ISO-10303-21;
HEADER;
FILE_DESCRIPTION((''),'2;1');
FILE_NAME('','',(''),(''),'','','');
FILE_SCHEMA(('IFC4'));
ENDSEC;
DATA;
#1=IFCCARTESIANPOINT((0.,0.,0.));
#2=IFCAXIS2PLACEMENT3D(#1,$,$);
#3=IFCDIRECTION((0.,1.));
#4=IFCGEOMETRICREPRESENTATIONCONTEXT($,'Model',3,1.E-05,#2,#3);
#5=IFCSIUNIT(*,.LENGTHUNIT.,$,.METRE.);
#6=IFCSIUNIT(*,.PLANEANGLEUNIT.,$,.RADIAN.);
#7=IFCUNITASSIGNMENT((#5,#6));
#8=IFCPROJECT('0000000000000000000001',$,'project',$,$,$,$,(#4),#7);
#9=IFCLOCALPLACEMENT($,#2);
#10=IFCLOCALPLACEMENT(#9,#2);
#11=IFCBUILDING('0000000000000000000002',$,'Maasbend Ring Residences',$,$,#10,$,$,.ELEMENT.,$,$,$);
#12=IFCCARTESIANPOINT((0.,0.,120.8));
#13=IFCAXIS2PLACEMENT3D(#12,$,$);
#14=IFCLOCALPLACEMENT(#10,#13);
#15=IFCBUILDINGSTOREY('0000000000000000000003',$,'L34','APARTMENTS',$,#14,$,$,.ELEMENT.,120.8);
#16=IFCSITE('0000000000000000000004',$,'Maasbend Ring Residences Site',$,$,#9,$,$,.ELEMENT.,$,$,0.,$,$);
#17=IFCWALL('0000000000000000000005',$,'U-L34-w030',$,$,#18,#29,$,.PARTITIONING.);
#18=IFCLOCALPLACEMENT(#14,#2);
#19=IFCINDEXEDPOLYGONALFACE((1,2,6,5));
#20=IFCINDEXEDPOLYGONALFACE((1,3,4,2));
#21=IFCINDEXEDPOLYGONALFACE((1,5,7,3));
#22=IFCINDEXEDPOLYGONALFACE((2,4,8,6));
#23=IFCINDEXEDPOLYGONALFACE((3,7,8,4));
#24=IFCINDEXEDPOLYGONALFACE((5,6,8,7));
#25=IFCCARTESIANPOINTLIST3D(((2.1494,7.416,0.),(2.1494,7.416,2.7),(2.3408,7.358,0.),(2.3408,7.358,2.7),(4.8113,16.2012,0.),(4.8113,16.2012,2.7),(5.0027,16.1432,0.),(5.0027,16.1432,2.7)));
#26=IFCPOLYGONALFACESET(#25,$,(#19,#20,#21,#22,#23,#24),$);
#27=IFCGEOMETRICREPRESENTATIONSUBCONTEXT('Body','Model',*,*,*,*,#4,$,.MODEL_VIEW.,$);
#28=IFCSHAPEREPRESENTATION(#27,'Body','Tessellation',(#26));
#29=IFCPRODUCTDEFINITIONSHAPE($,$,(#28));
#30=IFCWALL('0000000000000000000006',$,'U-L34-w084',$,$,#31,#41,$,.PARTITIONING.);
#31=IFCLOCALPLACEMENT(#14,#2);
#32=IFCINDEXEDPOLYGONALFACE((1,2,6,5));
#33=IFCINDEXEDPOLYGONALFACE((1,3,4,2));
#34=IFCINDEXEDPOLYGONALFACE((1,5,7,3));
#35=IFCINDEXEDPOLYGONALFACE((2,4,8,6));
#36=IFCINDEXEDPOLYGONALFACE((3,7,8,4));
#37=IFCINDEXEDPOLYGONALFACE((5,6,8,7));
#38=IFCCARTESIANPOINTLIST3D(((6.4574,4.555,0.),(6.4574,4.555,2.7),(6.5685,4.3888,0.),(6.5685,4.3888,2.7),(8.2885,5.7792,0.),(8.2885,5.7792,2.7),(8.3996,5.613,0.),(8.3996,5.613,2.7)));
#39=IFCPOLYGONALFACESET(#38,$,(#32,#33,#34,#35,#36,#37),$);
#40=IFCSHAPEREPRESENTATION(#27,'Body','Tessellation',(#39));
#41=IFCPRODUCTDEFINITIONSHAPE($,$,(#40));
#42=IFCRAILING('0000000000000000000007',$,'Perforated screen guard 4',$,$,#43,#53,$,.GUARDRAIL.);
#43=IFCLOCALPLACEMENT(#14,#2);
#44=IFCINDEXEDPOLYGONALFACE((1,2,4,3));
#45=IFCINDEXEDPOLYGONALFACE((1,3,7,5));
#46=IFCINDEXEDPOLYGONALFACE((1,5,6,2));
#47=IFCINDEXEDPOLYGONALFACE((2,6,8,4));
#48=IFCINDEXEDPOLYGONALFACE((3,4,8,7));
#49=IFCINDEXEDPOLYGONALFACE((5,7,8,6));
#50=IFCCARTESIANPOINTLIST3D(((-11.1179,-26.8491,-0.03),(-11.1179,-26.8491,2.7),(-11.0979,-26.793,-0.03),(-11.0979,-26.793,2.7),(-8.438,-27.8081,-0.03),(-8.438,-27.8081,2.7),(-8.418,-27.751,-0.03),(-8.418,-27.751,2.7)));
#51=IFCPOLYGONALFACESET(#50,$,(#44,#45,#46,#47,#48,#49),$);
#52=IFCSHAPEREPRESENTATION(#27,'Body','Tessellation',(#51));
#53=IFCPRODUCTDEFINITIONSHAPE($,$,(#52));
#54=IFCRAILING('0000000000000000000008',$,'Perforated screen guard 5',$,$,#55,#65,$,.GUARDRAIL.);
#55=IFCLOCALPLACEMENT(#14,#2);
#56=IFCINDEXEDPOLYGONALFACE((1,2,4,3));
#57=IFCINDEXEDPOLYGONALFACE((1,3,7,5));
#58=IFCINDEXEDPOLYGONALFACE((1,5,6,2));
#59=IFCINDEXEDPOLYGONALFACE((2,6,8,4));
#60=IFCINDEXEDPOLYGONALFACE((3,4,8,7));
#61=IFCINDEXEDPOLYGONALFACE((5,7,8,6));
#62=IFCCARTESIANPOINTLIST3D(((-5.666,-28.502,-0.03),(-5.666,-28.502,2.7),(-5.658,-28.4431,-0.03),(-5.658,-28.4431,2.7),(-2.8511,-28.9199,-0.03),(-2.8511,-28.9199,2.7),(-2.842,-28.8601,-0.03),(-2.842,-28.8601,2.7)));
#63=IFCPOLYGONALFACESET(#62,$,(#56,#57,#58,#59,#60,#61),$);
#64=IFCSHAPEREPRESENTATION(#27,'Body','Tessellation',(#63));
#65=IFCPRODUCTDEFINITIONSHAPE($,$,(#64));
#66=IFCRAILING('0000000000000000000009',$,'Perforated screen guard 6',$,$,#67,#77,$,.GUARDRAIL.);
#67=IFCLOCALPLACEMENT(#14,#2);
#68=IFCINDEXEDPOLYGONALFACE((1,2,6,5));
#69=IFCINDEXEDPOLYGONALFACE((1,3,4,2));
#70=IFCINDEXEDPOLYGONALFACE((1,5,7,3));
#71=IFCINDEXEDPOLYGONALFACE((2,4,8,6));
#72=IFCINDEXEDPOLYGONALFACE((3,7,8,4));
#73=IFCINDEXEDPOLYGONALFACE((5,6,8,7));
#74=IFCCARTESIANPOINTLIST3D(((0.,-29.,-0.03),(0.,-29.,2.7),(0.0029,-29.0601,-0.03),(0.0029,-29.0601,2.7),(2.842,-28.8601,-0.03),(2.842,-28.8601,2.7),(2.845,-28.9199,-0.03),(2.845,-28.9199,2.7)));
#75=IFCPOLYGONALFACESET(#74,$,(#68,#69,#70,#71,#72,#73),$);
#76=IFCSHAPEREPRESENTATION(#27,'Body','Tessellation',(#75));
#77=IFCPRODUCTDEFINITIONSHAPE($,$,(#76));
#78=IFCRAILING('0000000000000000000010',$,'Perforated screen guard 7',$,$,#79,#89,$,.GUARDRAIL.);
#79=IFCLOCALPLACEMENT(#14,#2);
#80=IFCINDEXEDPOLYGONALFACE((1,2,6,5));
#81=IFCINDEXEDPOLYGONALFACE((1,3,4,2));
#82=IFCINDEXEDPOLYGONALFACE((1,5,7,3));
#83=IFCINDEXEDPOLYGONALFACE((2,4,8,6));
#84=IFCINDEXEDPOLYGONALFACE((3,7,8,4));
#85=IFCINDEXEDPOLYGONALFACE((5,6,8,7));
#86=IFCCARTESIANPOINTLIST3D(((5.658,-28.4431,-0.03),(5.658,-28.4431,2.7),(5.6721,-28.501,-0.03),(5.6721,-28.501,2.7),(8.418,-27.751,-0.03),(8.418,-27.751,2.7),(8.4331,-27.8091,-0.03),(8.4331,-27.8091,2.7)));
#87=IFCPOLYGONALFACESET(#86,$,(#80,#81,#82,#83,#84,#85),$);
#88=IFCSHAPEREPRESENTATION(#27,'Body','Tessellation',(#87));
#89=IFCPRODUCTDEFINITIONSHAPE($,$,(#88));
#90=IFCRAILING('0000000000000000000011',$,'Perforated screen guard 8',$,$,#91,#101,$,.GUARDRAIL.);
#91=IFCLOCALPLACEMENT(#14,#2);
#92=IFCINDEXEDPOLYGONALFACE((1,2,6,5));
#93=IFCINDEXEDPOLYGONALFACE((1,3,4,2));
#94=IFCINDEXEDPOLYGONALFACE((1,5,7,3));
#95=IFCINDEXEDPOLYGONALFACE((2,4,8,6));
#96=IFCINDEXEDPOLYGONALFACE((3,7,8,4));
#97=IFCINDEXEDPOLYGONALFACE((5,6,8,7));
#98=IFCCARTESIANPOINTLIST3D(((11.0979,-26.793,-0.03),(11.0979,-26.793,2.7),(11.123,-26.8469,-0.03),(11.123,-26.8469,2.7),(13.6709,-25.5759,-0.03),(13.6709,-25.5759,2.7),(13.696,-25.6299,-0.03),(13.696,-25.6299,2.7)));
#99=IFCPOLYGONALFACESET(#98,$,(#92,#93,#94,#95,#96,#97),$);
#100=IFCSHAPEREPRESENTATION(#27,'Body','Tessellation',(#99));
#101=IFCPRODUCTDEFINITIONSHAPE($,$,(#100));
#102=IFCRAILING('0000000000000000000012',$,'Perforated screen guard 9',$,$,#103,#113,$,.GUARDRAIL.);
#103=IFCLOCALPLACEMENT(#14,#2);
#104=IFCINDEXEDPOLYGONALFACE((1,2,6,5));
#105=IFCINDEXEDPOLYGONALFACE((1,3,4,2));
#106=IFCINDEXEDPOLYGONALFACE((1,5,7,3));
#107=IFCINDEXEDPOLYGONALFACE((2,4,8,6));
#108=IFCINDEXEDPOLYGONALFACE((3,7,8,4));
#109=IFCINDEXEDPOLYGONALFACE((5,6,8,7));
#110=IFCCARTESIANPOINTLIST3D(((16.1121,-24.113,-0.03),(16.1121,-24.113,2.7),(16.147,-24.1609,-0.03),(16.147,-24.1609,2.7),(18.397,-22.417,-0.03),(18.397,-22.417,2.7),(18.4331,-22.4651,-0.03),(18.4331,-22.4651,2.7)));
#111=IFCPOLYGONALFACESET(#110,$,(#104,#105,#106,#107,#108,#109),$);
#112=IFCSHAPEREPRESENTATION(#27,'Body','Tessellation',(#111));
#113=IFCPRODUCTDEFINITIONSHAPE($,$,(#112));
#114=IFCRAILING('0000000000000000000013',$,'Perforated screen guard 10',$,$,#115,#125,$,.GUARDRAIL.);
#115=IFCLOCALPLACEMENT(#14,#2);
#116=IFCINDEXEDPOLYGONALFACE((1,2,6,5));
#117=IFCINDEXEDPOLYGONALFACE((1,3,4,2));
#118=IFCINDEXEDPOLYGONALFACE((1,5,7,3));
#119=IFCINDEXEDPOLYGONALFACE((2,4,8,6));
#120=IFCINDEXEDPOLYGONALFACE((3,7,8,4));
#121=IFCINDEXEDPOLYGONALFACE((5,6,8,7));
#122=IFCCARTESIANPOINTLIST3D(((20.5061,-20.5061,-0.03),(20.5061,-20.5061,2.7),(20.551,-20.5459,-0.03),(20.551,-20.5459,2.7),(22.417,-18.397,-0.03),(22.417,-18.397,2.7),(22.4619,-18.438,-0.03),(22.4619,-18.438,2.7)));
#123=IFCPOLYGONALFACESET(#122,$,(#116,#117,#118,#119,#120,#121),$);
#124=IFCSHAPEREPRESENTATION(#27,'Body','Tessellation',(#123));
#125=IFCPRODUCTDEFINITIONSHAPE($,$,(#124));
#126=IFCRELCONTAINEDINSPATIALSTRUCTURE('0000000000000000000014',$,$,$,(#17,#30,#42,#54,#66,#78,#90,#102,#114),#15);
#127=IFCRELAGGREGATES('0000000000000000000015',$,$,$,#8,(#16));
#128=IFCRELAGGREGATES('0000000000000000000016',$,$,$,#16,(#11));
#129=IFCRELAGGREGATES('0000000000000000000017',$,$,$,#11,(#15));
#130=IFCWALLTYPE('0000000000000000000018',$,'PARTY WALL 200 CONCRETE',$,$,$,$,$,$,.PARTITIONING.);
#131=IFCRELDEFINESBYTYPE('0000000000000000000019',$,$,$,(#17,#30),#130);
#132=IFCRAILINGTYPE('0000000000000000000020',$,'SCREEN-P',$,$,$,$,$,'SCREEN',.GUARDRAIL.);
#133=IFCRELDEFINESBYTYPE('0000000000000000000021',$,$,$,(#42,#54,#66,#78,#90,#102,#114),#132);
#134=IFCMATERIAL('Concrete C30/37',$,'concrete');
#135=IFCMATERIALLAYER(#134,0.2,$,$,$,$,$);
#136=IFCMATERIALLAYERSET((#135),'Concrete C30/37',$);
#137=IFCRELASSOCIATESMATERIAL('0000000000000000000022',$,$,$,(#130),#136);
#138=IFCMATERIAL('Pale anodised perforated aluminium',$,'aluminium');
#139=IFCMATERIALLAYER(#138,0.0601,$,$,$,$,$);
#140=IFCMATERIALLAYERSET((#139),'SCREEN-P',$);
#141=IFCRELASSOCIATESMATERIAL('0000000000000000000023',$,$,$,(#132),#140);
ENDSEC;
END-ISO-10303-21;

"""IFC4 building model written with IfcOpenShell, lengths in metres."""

from ifc_helpers import new_model, si_unit, direction, frame, frame_2d, origin, place, context, subcontext, project, spatial, polyline, rectangle, outline, extrude, material, layer, layer_set, type_object, element, save


model = new_model("IFC4")

# Units and contexts
model_context = context("Model", 3, precision=1e-05, world=origin(), true_north=direction((0.0, 1.0)))
body_context = subcontext(model_context, "Body", "Model", "MODEL_VIEW")
ifc_project = project(units=[si_unit("LENGTHUNIT", "METRE"), si_unit("PLANEANGLEUNIT", "RADIAN")], contexts=[model_context])

# Site, building, storey
site_placement = place(None, origin())
site = spatial("IfcSite", under=ifc_project, at=site_placement, Name="Maasbend Ring Residences Site", CompositionType="ELEMENT", RefElevation=0.0)
building_placement = place(site_placement, origin())
building = spatial("IfcBuilding", under=site, at=building_placement, Name="Maasbend Ring Residences", CompositionType="ELEMENT")
storey_placement = place(building_placement, frame((0.0, 0.0, 120.8)))
storey = spatial("IfcBuildingStorey", under=building, at=storey_placement, Name="L34", Description="APARTMENTS", CompositionType="ELEMENT", Elevation=120.8)

# Walls
ifc_material_1 = material(Name="Concrete C30/37", Category="concrete")
ifc_layer_1 = layer(ifc_material_1, 0.2)
ifc_layer_set_1 = layer_set([ifc_layer_1], Name="Concrete C30/37")
wall_type_1 = type_object("IfcWallType", Name="PARTY WALL 200 CONCRETE", PredefinedType="PARTITIONING", material=ifc_layer_set_1)
wall_1_placement = place(storey_placement, frame((2.2451, 7.387, 0.0), z_axis=(0.0, 0.0, 1.0), x_axis=(0.289977, 0.957034, 0.0)))
element("IfcWall", 1, at=wall_1_placement, inside=storey, type_object=wall_type_1, Name="U-L34-w030", PredefinedType="PARTITIONING", context=body_context, shape_type="SweptSolid", body=[
    extrude(rectangle(XDim=9.1797, YDim=0.2, at=frame_2d((4.5898, 0.0))), origin(), (0.0, 0.0, 1.0), 2.7),
])
wall_2_placement = place(storey_placement, frame((6.5129, 4.4719, 0.0), z_axis=(0.0, 0.0, 1.0), x_axis=(0.831333, 0.555774, 0.0)))
element("IfcWall", 2, at=wall_2_placement, inside=storey, type_object=wall_type_1, Name="U-L34-w084", PredefinedType="PARTITIONING", context=body_context, shape_type="SweptSolid", body=[
    extrude(rectangle(XDim=2.2026, YDim=0.2, at=frame_2d((1.1013, 0.0))), origin(), (0.0, 0.0, 1.0), 2.7),
])

# Railings
ifc_material_2 = material(Name="Pale anodised perforated aluminium", Category="aluminium")
ifc_layer_2 = layer(ifc_material_2, 0.0601)
ifc_layer_set_2 = layer_set([ifc_layer_2], Name="SCREEN-P")
railing_type = type_object("IfcRailingType", Name="SCREEN-P", ElementType="SCREEN", PredefinedType="GUARDRAIL", material=ifc_layer_set_2)
railing_1_placement = place(storey_placement, frame((0.0, 0.0, -0.03)))
element("IfcRailing", 3, at=railing_1_placement, inside=storey, type_object=railing_type, Name="Perforated screen guard 4", PredefinedType="GUARDRAIL", context=body_context, shape_type="SweptSolid", body=[
    extrude(outline(polyline([(-11.0979, -26.793), (-8.418, -27.751), (-8.438, -27.8081), (-11.1179, -26.8491), (-11.0979, -26.793)])), origin(), (0.0, 0.0, 1.0), 2.73),
])
railing_2_placement = place(storey_placement, frame((0.0, 0.0, -0.03)))
element("IfcRailing", 4, at=railing_2_placement, inside=storey, type_object=railing_type, Name="Perforated screen guard 5", PredefinedType="GUARDRAIL", context=body_context, shape_type="SweptSolid", body=[
    extrude(outline(polyline([(-5.658, -28.4431), (-2.842, -28.8601), (-2.8511, -28.9199), (-5.666, -28.502), (-5.658, -28.4431)])), origin(), (0.0, 0.0, 1.0), 2.73),
])
railing_3_placement = place(storey_placement, frame((0.0, 0.0, -0.03)))
element("IfcRailing", 5, at=railing_3_placement, inside=storey, type_object=railing_type, Name="Perforated screen guard 6", PredefinedType="GUARDRAIL", context=body_context, shape_type="SweptSolid", body=[
    extrude(outline(polyline([(0.0, -29.0), (2.842, -28.8601), (2.845, -28.9199), (0.0029, -29.0601), (0.0, -29.0)])), origin(), (0.0, 0.0, 1.0), 2.73),
])
railing_4_placement = place(storey_placement, frame((0.0, 0.0, -0.03)))
element("IfcRailing", 6, at=railing_4_placement, inside=storey, type_object=railing_type, Name="Perforated screen guard 7", PredefinedType="GUARDRAIL", context=body_context, shape_type="SweptSolid", body=[
    extrude(outline(polyline([(5.658, -28.4431), (8.418, -27.751), (8.4331, -27.8091), (5.6721, -28.501), (5.658, -28.4431)])), origin(), (0.0, 0.0, 1.0), 2.73),
])
railing_5_placement = place(storey_placement, frame((0.0, 0.0, -0.03)))
element("IfcRailing", 7, at=railing_5_placement, inside=storey, type_object=railing_type, Name="Perforated screen guard 8", PredefinedType="GUARDRAIL", context=body_context, shape_type="SweptSolid", body=[
    extrude(outline(polyline([(11.0979, -26.793), (13.6709, -25.5759), (13.696, -25.6299), (11.123, -26.8469), (11.0979, -26.793)])), origin(), (0.0, 0.0, 1.0), 2.73),
])
railing_6_placement = place(storey_placement, frame((0.0, 0.0, -0.03)))
element("IfcRailing", 8, at=railing_6_placement, inside=storey, type_object=railing_type, Name="Perforated screen guard 9", PredefinedType="GUARDRAIL", context=body_context, shape_type="SweptSolid", body=[
    extrude(outline(polyline([(16.1121, -24.113), (18.397, -22.417), (18.4331, -22.4651), (16.147, -24.1609), (16.1121, -24.113)])), origin(), (0.0, 0.0, 1.0), 2.73),
])
railing_7_placement = place(storey_placement, frame((0.0, 0.0, -0.03)))
element("IfcRailing", 9, at=railing_7_placement, inside=storey, type_object=railing_type, Name="Perforated screen guard 10", PredefinedType="GUARDRAIL", context=body_context, shape_type="SweptSolid", body=[
    extrude(outline(polyline([(20.5061, -20.5061), (22.417, -18.397), (22.4619, -18.438), (20.551, -20.5459), (20.5061, -20.5061)])), origin(), (0.0, 0.0, 1.0), 2.73),
])

save(model, "model.ifc")
